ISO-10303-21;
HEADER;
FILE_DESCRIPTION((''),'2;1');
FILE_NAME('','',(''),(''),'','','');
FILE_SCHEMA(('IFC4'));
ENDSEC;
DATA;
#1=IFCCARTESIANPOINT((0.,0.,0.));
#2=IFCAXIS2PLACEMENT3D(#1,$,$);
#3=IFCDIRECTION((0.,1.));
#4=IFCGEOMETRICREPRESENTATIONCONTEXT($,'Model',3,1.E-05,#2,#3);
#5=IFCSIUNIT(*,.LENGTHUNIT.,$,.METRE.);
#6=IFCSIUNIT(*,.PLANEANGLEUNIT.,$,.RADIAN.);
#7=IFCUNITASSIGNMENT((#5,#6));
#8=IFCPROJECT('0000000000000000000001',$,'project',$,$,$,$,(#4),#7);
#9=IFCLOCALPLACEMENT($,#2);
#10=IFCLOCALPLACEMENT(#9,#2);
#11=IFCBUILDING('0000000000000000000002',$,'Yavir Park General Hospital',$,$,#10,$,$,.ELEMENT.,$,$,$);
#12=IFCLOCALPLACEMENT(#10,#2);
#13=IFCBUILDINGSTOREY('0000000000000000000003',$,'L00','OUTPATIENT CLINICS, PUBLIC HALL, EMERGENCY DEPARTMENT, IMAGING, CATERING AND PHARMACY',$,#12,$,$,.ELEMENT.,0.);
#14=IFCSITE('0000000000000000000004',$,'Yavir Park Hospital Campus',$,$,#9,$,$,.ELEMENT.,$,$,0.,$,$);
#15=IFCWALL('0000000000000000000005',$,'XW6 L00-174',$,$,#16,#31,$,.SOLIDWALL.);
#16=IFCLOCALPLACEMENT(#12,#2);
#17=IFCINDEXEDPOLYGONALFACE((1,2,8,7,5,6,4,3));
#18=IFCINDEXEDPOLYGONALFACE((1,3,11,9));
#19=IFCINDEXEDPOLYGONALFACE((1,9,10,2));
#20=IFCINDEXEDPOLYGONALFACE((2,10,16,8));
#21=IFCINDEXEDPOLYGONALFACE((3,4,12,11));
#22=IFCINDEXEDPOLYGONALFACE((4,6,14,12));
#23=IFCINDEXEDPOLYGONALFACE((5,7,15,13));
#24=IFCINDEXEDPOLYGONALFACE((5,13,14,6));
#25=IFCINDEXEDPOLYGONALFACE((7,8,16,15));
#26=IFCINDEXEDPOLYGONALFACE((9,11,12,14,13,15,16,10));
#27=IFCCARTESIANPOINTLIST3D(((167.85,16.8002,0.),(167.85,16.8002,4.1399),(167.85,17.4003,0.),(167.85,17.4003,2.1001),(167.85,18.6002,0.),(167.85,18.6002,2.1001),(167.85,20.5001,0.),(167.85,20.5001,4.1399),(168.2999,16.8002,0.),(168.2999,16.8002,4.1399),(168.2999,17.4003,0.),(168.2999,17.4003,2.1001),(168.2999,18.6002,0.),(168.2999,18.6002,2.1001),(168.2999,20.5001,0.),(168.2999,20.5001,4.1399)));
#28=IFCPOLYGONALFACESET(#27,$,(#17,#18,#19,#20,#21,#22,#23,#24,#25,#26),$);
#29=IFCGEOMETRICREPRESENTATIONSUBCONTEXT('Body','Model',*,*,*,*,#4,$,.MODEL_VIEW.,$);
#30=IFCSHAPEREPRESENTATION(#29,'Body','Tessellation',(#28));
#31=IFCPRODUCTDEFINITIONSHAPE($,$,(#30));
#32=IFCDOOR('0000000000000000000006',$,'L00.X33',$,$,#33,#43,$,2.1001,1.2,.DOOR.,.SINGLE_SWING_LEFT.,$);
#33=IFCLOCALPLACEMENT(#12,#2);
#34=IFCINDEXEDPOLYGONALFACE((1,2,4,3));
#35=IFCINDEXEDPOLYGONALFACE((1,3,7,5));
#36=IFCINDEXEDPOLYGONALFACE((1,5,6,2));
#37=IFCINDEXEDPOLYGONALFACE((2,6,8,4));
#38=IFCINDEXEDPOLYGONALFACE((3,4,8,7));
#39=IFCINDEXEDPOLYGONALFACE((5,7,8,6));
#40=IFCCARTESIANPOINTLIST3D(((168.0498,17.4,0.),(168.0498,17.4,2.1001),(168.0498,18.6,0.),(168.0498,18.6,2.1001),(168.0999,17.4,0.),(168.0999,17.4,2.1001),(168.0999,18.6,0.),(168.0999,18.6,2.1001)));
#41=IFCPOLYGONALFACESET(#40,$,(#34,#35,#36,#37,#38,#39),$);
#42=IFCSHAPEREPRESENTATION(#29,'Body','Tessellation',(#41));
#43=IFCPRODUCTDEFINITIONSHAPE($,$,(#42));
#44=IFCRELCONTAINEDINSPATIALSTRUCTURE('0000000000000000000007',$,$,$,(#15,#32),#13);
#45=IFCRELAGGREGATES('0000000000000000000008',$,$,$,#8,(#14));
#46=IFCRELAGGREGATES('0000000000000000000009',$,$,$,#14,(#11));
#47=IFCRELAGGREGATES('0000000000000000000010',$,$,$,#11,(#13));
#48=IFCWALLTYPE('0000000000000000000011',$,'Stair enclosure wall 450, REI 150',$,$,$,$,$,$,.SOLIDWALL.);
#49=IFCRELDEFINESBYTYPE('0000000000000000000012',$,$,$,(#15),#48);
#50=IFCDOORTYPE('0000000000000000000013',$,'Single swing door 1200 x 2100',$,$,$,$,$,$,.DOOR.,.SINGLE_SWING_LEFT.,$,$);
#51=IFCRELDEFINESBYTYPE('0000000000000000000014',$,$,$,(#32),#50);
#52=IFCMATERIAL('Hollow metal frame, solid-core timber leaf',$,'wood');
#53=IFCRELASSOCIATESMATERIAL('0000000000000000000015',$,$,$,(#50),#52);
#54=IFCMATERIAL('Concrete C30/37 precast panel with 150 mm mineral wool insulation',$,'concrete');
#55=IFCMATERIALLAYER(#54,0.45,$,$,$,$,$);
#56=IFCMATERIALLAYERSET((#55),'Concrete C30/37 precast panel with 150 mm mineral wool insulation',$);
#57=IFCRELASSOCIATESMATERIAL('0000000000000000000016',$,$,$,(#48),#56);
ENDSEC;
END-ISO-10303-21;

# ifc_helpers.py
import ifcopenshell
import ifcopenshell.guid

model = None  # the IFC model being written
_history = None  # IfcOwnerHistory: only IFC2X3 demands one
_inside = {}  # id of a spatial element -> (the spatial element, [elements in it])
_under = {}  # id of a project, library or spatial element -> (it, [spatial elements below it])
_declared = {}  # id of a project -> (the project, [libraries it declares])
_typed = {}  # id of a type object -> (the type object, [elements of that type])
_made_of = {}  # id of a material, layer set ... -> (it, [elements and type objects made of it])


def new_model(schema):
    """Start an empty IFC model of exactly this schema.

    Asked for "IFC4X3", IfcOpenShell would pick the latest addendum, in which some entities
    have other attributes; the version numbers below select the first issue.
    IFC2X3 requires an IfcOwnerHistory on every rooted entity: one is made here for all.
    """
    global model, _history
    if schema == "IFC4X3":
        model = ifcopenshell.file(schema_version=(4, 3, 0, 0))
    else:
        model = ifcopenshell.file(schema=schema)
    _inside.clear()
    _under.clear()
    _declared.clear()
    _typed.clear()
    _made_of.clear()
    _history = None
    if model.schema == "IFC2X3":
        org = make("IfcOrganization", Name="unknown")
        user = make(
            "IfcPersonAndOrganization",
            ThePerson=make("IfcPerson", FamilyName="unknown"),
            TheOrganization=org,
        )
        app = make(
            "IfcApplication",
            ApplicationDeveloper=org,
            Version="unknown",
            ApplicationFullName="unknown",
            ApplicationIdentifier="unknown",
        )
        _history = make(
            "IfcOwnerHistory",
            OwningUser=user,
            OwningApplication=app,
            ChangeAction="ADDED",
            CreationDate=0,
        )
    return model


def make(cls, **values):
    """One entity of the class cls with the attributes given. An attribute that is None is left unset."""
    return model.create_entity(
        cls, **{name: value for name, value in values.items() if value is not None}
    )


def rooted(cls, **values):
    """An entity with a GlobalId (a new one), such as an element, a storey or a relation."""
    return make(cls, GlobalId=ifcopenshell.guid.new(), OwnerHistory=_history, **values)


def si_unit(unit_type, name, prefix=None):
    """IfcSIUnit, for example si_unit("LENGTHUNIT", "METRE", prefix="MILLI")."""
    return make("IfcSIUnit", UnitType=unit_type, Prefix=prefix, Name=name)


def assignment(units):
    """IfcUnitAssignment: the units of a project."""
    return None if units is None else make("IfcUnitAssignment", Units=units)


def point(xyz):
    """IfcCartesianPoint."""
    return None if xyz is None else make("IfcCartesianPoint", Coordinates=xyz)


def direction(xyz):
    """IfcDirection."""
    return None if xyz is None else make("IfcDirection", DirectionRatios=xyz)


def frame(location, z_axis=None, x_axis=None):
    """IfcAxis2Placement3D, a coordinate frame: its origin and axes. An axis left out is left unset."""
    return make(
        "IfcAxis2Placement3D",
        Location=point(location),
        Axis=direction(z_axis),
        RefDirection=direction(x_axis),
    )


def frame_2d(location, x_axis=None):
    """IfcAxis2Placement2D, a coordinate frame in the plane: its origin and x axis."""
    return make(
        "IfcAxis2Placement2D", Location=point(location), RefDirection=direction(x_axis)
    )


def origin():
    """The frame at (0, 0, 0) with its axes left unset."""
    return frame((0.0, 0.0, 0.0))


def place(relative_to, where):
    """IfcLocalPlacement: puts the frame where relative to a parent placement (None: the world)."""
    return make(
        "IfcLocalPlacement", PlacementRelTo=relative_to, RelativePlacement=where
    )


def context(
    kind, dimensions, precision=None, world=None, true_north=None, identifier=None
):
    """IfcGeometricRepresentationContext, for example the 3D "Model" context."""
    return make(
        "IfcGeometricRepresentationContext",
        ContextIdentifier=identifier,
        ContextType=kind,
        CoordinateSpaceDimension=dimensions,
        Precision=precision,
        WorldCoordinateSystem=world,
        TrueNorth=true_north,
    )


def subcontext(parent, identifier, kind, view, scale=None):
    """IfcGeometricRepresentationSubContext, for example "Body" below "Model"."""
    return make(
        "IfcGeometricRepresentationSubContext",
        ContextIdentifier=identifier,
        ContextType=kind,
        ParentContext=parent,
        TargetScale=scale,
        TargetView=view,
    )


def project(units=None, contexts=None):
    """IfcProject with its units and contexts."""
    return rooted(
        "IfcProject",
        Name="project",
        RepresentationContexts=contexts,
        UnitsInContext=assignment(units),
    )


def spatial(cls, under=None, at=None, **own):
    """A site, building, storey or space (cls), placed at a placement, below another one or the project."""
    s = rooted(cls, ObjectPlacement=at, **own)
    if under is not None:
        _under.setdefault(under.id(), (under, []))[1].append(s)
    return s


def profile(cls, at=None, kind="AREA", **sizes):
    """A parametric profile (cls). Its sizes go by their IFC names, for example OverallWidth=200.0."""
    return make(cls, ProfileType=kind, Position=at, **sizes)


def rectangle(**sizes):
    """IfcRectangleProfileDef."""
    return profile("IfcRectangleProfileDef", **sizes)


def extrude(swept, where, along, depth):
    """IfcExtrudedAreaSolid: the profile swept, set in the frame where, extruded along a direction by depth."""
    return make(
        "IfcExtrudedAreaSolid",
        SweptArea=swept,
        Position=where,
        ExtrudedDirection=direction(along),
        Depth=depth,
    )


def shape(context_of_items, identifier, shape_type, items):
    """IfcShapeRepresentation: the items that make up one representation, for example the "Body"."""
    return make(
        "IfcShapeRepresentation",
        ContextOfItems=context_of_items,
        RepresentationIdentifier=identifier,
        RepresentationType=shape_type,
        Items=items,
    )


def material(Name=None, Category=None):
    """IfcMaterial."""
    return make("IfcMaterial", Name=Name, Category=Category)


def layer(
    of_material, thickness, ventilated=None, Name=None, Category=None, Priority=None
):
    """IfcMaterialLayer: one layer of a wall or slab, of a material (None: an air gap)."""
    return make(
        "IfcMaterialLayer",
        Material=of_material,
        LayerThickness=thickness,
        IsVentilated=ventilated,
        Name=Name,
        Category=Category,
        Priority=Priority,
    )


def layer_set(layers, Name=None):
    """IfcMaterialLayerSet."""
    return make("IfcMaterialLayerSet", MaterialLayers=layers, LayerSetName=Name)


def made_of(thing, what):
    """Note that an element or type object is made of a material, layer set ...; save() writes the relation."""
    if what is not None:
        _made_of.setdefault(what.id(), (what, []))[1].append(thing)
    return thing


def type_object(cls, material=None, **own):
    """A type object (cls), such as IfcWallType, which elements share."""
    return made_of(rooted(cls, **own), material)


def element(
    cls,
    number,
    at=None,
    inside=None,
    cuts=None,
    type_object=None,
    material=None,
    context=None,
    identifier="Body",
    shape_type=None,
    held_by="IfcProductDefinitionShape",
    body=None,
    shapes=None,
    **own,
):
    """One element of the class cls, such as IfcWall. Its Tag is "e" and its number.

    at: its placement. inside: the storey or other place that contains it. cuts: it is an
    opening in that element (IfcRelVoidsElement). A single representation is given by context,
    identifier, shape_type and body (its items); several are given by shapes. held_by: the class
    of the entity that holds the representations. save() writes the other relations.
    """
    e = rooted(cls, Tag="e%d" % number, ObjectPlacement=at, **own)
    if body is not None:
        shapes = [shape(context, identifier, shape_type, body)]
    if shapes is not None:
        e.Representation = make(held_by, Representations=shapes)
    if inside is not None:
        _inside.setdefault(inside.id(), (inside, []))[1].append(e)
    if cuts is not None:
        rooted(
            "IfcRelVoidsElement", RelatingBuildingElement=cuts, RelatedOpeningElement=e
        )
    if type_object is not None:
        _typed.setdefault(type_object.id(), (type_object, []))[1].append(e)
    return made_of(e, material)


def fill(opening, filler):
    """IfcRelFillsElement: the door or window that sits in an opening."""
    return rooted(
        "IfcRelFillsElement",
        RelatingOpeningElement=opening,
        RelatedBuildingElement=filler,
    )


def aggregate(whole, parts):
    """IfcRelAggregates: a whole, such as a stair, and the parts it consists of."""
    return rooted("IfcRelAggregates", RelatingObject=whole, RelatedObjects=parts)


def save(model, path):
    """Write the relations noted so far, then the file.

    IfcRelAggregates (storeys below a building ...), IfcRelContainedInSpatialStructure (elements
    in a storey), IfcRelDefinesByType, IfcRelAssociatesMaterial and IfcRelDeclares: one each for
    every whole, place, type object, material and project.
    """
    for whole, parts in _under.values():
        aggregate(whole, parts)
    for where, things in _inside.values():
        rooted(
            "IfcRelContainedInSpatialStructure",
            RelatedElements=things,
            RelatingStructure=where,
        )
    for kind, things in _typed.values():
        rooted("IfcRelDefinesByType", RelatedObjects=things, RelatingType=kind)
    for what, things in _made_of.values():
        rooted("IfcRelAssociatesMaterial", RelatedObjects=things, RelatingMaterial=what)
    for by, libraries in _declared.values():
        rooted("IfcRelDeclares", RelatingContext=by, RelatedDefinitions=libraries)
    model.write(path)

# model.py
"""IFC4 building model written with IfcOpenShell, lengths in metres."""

from ifc_helpers import new_model, si_unit, direction, frame, frame_2d, origin, place, context, subcontext, project, spatial, rectangle, extrude, material, layer, layer_set, type_object, element, fill, save


model = new_model("IFC4")

# Units and contexts
model_context = context("Model", 3, precision=1e-05, world=origin(), true_north=direction((0.0, 1.0)))
body_context = subcontext(model_context, "Body", "Model", "MODEL_VIEW")
ifc_project = project(units=[si_unit("LENGTHUNIT", "METRE"), si_unit("PLANEANGLEUNIT", "RADIAN")], contexts=[model_context])

# Site, building, storey
site_placement = place(None, origin())
site = spatial("IfcSite", under=ifc_project, at=site_placement, Name="Yavir Park Hospital Campus", CompositionType="ELEMENT", RefElevation=0.0)
building_placement = place(site_placement, origin())
building = spatial("IfcBuilding", under=site, at=building_placement, Name="Yavir Park General Hospital", CompositionType="ELEMENT")
storey_placement = place(building_placement, origin())
storey = spatial("IfcBuildingStorey", under=building, at=storey_placement, Name="L00", Description="OUTPATIENT CLINICS, PUBLIC HALL, EMERGENCY DEPARTMENT, IMAGING, CATERING AND PHARMACY", CompositionType="ELEMENT", Elevation=0.0)

# Shared definitions
ifc_material_1 = material(Name="Hollow metal frame, solid-core timber leaf", Category="wood")
door_type_1 = type_object("IfcDoorType", Name="Single swing door 1200 x 2100", OperationType="SINGLE_SWING_LEFT", PredefinedType="DOOR", material=ifc_material_1)

# Wall, opening, door
ifc_material_2 = material(Name="Concrete C30/37 precast panel with 150 mm mineral wool insulation", Category="concrete")
ifc_layer_1 = layer(ifc_material_2, 0.45)
ifc_layer_set_1 = layer_set([ifc_layer_1], Name="Concrete C30/37 precast panel with 150 mm mineral wool insulation")
wall_type_1 = type_object("IfcWallType", Name="Stair enclosure wall 450, REI 150", PredefinedType="SOLIDWALL", material=ifc_layer_set_1)
wall_1_placement = place(storey_placement, frame((168.075, 16.8, 0.0), z_axis=(0.0, 0.0, 1.0), x_axis=(0.0, 1.0, 0.0)))
wall_1 = element("IfcWall", 1, at=wall_1_placement, inside=storey, type_object=wall_type_1, Name="XW6 L00-174", PredefinedType="SOLIDWALL", context=body_context, shape_type="SweptSolid", body=[
    extrude(rectangle(XDim=3.7, YDim=0.45, at=frame_2d((1.8501, 0.0))), origin(), (0.0, 0.0, 1.0), 4.1399),
])
opening_1_placement = place(wall_1_placement, frame((0.6001, 0.0, 0.0)))
opening_1 = element("IfcOpeningElement", 2, at=opening_1_placement, cuts=wall_1, PredefinedType="OPENING", context=body_context, shape_type="SweptSolid", body=[
    extrude(rectangle(XDim=1.2, YDim=2.1001, at=frame_2d((0.6001, 1.05))), frame((0.0, 0.2349, 0.0), z_axis=(0.0, -1.0, 0.0), x_axis=(1.0, 0.0, 0.0)), (0.0, 0.0, 1.0), 0.47),
])
door_1_placement = place(opening_1_placement, frame((1.2, 0.0, 0.0), x_axis=(-1.0, 0.0, 0.0)))
door_1 = element("IfcDoor", 3, at=door_1_placement, inside=storey, type_object=door_type_1, Name="L00.X33", OperationType="SINGLE_SWING_LEFT", OverallHeight=2.1001, OverallWidth=1.2, PredefinedType="DOOR", context=body_context, shape_type="SweptSolid", body=[
    extrude(rectangle(XDim=1.2, YDim=2.1001, at=frame_2d((0.6001, 1.05))), frame((0.0, 0.0249, 0.0), z_axis=(0.0, -1.0, 0.0), x_axis=(1.0, 0.0, 0.0)), (0.0, 0.0, 1.0), 0.05),
])
fill(opening_1, door_1)

save(model, "model.ifc")
